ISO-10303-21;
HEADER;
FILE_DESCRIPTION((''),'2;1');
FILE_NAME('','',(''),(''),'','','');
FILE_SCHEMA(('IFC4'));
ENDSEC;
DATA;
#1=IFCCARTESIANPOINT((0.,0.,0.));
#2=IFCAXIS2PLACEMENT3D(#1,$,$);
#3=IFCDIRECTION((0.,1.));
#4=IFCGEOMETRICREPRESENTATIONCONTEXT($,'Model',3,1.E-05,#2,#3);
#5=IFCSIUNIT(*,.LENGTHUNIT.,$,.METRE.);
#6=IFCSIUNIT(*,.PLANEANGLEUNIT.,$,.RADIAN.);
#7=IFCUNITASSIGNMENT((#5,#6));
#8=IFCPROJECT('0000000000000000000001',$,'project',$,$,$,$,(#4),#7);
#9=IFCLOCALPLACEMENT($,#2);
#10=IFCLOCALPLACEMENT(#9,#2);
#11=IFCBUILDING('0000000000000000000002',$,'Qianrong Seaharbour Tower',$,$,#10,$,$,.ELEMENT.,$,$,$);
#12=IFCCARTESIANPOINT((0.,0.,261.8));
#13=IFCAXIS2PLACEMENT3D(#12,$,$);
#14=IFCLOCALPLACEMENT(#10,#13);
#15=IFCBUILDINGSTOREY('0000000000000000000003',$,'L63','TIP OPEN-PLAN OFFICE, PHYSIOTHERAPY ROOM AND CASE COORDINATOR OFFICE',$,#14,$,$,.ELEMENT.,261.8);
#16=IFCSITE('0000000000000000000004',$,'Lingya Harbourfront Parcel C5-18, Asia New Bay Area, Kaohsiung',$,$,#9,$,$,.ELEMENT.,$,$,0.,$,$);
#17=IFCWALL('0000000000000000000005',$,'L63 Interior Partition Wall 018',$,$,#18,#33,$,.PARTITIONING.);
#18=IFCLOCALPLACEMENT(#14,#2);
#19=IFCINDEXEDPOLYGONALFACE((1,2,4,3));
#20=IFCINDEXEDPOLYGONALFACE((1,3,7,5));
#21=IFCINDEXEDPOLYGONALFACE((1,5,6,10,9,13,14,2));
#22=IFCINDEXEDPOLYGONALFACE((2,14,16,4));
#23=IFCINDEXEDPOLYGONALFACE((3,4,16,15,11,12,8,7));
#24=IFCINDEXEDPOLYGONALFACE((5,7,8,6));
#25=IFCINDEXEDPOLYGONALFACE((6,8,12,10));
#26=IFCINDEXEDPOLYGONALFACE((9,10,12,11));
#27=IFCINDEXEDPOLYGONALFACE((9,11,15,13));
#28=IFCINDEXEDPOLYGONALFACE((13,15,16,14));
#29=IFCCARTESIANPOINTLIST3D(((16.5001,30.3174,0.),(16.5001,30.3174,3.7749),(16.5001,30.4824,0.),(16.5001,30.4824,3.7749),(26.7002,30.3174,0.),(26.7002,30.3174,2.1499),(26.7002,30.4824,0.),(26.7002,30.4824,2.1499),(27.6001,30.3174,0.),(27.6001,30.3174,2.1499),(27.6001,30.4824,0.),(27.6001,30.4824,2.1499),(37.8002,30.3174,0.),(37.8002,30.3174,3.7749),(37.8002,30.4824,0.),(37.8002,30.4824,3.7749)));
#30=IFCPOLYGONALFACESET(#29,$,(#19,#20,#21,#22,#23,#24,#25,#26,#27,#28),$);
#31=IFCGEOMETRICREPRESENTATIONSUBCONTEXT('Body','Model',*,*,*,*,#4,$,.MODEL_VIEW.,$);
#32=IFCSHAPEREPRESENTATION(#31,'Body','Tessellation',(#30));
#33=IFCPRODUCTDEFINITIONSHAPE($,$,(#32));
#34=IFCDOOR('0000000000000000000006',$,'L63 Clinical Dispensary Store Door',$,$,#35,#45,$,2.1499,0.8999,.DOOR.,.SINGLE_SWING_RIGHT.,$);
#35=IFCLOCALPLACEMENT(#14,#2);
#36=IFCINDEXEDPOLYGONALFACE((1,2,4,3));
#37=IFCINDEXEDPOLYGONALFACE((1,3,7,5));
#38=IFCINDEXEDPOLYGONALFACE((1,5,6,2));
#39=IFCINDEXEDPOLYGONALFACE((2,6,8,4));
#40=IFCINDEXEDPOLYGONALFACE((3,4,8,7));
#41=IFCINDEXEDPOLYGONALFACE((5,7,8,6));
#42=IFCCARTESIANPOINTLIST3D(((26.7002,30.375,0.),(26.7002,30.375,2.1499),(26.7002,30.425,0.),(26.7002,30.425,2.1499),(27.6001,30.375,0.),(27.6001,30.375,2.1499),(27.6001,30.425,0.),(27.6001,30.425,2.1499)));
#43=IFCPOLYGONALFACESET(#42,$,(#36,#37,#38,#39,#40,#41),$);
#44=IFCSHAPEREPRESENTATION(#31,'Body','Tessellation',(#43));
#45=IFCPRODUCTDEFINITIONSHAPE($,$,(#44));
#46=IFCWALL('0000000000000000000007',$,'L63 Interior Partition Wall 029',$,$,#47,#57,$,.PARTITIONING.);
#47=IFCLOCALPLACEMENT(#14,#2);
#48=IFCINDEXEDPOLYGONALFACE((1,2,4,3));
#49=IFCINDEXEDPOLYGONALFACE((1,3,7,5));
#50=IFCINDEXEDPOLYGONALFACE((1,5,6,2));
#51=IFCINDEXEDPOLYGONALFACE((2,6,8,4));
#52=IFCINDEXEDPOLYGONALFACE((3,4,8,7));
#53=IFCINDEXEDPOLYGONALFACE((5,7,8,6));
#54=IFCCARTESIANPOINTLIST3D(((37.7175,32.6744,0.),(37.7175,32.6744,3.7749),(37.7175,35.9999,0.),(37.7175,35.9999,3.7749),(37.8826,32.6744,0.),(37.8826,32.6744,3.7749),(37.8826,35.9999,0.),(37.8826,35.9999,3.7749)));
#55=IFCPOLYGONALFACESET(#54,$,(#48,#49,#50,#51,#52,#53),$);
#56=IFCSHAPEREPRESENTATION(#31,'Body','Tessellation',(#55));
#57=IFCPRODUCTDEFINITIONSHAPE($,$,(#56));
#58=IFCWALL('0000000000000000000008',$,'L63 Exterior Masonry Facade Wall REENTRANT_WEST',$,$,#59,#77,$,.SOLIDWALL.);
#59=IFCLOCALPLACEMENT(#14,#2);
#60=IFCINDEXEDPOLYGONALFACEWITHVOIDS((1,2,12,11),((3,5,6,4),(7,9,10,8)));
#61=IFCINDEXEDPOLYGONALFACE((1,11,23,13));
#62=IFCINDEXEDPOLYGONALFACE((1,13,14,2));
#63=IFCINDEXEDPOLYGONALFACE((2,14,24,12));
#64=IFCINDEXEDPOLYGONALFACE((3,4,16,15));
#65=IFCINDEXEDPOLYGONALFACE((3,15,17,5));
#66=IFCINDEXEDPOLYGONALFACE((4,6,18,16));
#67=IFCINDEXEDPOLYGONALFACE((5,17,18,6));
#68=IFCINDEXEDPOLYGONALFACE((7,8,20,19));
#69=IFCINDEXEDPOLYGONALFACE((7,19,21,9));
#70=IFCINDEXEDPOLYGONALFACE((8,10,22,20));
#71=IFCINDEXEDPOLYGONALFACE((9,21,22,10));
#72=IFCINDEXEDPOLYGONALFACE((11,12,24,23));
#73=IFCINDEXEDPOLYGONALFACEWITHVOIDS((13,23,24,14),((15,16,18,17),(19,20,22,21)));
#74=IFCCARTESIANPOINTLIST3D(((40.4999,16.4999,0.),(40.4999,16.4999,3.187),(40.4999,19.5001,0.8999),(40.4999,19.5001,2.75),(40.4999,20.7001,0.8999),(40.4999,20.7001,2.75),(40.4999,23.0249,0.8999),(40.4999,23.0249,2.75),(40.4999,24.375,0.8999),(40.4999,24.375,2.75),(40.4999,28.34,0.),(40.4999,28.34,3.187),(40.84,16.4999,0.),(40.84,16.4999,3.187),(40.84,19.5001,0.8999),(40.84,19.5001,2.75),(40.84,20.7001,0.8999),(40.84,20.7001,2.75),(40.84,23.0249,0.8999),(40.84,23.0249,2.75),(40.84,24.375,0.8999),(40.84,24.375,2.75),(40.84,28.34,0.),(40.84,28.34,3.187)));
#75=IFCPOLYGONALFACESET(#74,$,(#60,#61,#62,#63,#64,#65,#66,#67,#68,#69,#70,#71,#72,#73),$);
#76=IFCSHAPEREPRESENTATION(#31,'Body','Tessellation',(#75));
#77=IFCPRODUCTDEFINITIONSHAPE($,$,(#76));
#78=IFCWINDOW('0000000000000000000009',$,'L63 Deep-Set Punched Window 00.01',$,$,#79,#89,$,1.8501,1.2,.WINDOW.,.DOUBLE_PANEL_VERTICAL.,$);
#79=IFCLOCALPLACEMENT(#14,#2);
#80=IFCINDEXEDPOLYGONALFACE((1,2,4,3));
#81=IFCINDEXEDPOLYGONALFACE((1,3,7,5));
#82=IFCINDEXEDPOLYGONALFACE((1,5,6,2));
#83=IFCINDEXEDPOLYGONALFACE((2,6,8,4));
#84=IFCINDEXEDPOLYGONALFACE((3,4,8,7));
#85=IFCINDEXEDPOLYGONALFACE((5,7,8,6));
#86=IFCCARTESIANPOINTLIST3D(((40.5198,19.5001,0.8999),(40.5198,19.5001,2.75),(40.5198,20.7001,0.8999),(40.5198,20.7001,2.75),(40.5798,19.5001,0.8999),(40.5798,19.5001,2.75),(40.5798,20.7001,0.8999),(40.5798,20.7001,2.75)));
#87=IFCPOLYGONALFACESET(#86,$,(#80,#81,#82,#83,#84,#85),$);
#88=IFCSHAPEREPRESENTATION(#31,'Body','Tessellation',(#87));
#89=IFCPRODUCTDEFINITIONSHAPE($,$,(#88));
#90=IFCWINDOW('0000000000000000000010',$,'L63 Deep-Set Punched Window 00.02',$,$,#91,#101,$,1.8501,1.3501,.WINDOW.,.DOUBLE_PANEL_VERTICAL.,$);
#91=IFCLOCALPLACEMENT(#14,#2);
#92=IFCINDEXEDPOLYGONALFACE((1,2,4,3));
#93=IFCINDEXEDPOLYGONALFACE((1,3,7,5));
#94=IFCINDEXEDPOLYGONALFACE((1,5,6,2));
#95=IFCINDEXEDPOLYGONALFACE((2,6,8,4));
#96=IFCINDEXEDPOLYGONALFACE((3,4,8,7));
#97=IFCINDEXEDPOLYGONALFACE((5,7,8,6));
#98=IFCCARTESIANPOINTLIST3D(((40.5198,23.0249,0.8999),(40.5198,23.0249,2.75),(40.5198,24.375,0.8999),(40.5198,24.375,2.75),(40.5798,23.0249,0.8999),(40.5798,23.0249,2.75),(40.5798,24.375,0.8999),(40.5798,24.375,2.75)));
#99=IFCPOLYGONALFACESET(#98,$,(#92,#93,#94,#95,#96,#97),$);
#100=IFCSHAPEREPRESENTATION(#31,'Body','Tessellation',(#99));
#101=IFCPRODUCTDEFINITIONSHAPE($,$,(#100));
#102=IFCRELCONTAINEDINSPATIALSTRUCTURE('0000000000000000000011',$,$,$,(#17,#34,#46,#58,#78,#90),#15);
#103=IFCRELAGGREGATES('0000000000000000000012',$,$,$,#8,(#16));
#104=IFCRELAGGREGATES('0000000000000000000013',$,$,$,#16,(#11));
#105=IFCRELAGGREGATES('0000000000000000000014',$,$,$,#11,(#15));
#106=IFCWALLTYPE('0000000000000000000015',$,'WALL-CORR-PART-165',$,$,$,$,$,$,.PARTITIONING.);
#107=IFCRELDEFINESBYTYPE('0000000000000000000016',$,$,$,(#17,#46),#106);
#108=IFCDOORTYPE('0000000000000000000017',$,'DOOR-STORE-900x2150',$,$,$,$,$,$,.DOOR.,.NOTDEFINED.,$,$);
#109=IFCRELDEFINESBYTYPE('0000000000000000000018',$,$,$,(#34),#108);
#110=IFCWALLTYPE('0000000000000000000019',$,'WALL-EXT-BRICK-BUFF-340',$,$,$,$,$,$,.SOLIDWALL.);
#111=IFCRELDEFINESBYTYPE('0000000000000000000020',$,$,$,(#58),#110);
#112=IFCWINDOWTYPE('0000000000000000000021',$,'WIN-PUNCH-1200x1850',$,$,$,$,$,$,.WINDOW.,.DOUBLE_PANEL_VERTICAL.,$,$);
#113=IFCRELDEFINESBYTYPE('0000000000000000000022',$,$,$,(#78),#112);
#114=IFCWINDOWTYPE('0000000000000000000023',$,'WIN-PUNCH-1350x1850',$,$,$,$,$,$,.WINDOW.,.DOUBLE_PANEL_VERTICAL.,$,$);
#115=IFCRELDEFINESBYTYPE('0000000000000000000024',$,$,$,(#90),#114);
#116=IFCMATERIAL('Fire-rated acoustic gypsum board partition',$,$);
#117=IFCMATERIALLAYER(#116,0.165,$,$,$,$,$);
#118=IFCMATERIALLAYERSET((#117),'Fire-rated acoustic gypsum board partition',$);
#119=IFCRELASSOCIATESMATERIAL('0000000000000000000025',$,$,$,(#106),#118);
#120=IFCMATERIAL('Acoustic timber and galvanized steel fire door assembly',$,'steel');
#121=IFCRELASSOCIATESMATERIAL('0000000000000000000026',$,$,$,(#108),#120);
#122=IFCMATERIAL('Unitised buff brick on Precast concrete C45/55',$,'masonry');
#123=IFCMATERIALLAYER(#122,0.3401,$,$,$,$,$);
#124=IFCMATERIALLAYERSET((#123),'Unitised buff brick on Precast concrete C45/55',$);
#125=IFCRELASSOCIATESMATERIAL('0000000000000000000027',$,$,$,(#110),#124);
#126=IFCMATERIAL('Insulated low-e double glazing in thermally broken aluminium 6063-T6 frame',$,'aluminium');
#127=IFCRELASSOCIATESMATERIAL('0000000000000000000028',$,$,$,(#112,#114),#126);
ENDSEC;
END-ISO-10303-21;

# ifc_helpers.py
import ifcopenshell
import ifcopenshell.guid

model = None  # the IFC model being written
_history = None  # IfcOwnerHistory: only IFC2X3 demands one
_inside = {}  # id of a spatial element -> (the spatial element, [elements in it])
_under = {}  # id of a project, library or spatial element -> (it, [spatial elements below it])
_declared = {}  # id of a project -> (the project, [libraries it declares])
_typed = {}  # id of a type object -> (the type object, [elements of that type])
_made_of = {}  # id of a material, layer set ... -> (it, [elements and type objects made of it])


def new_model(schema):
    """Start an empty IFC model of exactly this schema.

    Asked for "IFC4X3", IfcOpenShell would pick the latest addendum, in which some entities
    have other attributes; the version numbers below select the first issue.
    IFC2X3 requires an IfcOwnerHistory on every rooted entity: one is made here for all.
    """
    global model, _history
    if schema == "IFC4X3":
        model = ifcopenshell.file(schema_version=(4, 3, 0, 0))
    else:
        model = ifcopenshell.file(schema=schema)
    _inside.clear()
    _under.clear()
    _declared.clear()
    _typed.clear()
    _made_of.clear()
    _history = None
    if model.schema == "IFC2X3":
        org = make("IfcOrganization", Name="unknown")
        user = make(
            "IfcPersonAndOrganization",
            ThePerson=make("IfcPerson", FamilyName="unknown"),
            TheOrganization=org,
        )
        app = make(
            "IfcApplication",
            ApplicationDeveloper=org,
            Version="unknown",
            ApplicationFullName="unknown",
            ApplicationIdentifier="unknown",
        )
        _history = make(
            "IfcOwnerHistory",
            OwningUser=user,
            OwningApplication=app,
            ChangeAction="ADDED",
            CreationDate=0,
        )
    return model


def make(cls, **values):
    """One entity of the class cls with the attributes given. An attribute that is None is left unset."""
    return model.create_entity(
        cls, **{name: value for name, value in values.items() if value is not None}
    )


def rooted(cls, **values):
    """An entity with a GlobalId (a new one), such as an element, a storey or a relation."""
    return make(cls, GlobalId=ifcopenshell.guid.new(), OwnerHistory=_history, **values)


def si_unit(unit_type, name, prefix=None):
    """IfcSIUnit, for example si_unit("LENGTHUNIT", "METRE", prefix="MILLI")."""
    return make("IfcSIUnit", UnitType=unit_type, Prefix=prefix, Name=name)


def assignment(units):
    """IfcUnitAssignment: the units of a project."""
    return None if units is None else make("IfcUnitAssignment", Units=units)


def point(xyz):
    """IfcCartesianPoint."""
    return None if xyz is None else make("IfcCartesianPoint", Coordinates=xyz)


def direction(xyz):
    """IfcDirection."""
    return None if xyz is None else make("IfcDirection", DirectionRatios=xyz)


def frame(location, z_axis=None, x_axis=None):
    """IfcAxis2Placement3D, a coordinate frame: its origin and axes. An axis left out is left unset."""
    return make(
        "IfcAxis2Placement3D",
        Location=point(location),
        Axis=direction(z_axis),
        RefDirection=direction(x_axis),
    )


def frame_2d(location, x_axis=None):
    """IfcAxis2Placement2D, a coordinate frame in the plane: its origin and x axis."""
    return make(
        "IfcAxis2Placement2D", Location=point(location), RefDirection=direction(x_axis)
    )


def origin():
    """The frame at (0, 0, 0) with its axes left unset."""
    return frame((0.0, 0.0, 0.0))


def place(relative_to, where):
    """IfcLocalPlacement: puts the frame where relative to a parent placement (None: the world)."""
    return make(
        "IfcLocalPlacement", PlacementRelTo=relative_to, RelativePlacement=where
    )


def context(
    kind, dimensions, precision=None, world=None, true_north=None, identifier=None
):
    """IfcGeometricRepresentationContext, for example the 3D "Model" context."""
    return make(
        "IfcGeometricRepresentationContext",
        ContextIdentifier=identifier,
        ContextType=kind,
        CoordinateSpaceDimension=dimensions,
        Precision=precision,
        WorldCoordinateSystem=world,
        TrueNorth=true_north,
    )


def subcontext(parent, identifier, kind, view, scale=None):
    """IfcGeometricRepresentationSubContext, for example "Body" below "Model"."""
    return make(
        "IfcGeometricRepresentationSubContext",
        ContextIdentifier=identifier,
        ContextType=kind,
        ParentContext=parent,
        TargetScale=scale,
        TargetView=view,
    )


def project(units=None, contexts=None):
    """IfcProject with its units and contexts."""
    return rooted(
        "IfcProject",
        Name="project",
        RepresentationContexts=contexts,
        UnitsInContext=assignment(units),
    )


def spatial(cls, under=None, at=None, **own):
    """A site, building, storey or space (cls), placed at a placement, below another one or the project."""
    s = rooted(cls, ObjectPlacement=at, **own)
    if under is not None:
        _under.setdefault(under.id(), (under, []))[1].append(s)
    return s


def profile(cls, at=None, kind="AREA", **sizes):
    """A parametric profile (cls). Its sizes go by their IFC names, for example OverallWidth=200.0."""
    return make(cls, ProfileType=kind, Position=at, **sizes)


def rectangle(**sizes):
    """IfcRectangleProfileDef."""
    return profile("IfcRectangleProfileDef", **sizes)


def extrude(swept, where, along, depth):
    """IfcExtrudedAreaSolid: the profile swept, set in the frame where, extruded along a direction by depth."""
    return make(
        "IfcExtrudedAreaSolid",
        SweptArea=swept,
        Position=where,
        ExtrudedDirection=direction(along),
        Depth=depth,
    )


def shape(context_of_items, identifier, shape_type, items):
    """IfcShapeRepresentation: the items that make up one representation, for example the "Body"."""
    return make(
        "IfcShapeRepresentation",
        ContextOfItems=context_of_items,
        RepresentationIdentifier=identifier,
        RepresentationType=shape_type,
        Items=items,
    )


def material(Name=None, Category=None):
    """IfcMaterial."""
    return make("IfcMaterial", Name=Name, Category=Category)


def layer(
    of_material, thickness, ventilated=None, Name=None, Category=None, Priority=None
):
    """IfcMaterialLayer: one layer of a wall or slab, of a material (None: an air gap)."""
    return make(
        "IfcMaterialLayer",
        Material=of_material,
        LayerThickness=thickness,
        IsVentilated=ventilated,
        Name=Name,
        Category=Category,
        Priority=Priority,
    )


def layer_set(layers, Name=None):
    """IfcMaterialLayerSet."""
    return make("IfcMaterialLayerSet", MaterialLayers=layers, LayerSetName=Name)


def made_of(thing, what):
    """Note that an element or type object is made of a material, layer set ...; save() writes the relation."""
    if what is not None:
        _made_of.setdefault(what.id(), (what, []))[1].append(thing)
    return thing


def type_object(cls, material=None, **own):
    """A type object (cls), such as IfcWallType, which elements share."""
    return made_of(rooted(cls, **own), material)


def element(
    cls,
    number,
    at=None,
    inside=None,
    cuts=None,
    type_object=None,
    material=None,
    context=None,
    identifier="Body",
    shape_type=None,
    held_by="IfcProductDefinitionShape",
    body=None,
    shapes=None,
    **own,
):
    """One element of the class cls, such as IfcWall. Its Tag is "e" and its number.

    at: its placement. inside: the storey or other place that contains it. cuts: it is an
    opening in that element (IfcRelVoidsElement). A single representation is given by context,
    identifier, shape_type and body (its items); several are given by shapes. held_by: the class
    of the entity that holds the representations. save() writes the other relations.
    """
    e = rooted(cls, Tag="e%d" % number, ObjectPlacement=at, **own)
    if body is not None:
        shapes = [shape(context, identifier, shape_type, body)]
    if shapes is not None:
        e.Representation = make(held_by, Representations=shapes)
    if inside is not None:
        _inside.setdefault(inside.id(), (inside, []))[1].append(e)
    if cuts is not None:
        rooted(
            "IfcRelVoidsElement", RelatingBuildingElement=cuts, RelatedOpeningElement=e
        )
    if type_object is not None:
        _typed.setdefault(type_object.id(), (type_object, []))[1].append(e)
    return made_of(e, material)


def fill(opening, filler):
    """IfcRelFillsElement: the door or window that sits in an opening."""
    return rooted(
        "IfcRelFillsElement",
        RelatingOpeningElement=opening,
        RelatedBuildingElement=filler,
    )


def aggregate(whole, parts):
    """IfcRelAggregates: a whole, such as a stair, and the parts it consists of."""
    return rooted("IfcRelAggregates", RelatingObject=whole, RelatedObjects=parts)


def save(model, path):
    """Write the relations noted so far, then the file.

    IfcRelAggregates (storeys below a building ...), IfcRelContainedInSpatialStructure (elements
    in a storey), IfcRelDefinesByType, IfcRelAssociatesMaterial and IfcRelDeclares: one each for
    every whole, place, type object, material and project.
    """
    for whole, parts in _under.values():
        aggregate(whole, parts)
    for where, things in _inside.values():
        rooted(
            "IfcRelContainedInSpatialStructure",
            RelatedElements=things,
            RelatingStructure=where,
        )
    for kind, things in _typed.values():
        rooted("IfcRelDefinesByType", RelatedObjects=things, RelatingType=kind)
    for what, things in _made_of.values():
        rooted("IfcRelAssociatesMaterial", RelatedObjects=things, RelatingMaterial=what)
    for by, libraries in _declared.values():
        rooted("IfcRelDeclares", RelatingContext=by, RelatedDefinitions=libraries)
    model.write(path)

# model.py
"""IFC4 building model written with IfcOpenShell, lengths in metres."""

from ifc_helpers import new_model, si_unit, direction, frame, frame_2d, origin, place, context, subcontext, project, spatial, rectangle, extrude, material, layer, layer_set, type_object, element, fill, save


model = new_model("IFC4")

# Units and contexts
model_context = context("Model", 3, precision=1e-05, world=origin(), true_north=direction((0.0, 1.0)))
body_context = subcontext(model_context, "Body", "Model", "MODEL_VIEW")
ifc_project = project(units=[si_unit("LENGTHUNIT", "METRE"), si_unit("PLANEANGLEUNIT", "RADIAN")], contexts=[model_context])

# Site, building, storey
site_placement = place(None, origin())
site = spatial("IfcSite", under=ifc_project, at=site_placement, Name="Lingya Harbourfront Parcel C5-18, Asia New Bay Area, Kaohsiung", CompositionType="ELEMENT", RefElevation=0.0)
building_placement = place(site_placement, origin())
building = spatial("IfcBuilding", under=site, at=building_placement, Name="Qianrong Seaharbour Tower", CompositionType="ELEMENT")
storey_placement = place(building_placement, frame((0.0, 0.0, 261.8)))
storey = spatial("IfcBuildingStorey", under=building, at=storey_placement, Name="L63", Description="TIP OPEN-PLAN OFFICE, PHYSIOTHERAPY ROOM AND CASE COORDINATOR OFFICE", CompositionType="ELEMENT", Elevation=261.8)

# Wall, opening, door
ifc_material_1 = material(Name="Fire-rated acoustic gypsum board partition")
ifc_layer_1 = layer(ifc_material_1, 0.165)
ifc_layer_set_1 = layer_set([ifc_layer_1], Name="Fire-rated acoustic gypsum board partition")
wall_type_1 = type_object("IfcWallType", Name="WALL-CORR-PART-165", PredefinedType="PARTITIONING", material=ifc_layer_set_1)
wall_1_placement = place(storey_placement, frame((37.8, 30.3999, 0.0), z_axis=(0.0, 0.0, 1.0), x_axis=(-1.0, 0.0, 0.0)))
wall_1 = element("IfcWall", 1, at=wall_1_placement, inside=storey, type_object=wall_type_1, Name="L63 Interior Partition Wall 018", PredefinedType="PARTITIONING", context=body_context, shape_type="SweptSolid", body=[
    extrude(rectangle(XDim=21.3, YDim=0.165, at=frame_2d((10.6499, 0.0))), origin(), (0.0, 0.0, 1.0), 3.7749),
])
opening_1_placement = place(wall_1_placement, frame((10.2, 0.0, 0.0)))
opening_1 = element("IfcOpeningElement", 2, at=opening_1_placement, cuts=wall_1, PredefinedType="OPENING", context=body_context, shape_type="SweptSolid", body=[
    extrude(rectangle(XDim=0.8999, YDim=2.1499, at=frame_2d((0.45, 1.075))), frame((0.0, 0.0925, 0.0), z_axis=(0.0, -1.0, 0.0), x_axis=(1.0, 0.0, 0.0)), (0.0, 0.0, 1.0), 0.1851),
])
ifc_material_2 = material(Name="Acoustic timber and galvanized steel fire door assembly", Category="steel")
door_type = type_object("IfcDoorType", Name="DOOR-STORE-900x2150", OperationType="NOTDEFINED", PredefinedType="DOOR", material=ifc_material_2)
door_placement = place(opening_1_placement, origin())
door = element("IfcDoor", 3, at=door_placement, inside=storey, type_object=door_type, Name="L63 Clinical Dispensary Store Door", OperationType="SINGLE_SWING_RIGHT", OverallHeight=2.1499, OverallWidth=0.8999, PredefinedType="DOOR", context=body_context, shape_type="SweptSolid", body=[
    extrude(rectangle(XDim=0.8999, YDim=2.1499, at=frame_2d((0.45, 1.075))), frame((0.0, 0.0249, 0.0), z_axis=(0.0, -1.0, 0.0), x_axis=(1.0, 0.0, 0.0)), (0.0, 0.0, 1.0), 0.05),
])
fill(opening_1, door)

# Wall
wall_2_placement = place(storey_placement, frame((37.8, 32.6746, 0.0), z_axis=(0.0, 0.0, 1.0), x_axis=(0.0, 1.0, 0.0)))
element("IfcWall", 4, at=wall_2_placement, inside=storey, type_object=wall_type_1, Name="L63 Interior Partition Wall 029", PredefinedType="PARTITIONING", context=body_context, shape_type="SweptSolid", body=[
    extrude(rectangle(XDim=3.3254, YDim=0.165, at=frame_2d((1.6626, 0.0))), origin(), (0.0, 0.0, 1.0), 3.7749),
])

# Wall, openings, windows
ifc_material_3 = material(Name="Unitised buff brick on Precast concrete C45/55", Category="masonry")
ifc_layer_2 = layer(ifc_material_3, 0.3401)
ifc_layer_set_2 = layer_set([ifc_layer_2], Name="Unitised buff brick on Precast concrete C45/55")
wall_type_2 = type_object("IfcWallType", Name="WALL-EXT-BRICK-BUFF-340", PredefinedType="SOLIDWALL", material=ifc_layer_set_2)
wall_3_placement = place(storey_placement, frame((40.6699, 16.5, 0.0), z_axis=(0.0, 0.0, 1.0), x_axis=(0.0, 1.0, 0.0)))
wall_3 = element("IfcWall", 5, at=wall_3_placement, inside=storey, type_object=wall_type_2, Name="L63 Exterior Masonry Facade Wall REENTRANT_WEST", PredefinedType="SOLIDWALL", context=body_context, shape_type="SweptSolid", body=[
    extrude(rectangle(XDim=11.8401, YDim=0.3401, at=frame_2d((5.9199, 0.0))), origin(), (0.0, 0.0, 1.0), 3.187),
])
opening_2_placement = place(wall_3_placement, frame((3.0, 0.0, 0.8999)))
opening_2 = element("IfcOpeningElement", 6, at=opening_2_placement, cuts=wall_3, PredefinedType="OPENING", context=body_context, shape_type="SweptSolid", body=[
    extrude(rectangle(XDim=1.2, YDim=1.8501, at=frame_2d((0.6001, 0.925))), frame((0.0, 0.1802, 0.0), z_axis=(0.0, -1.0, 0.0), x_axis=(1.0, 0.0, 0.0)), (0.0, 0.0, 1.0), 0.3601),
])
opening_3_placement = place(wall_3_placement, frame((6.5249, 0.0, 0.8999)))
opening_3 = element("IfcOpeningElement", 7, at=opening_3_placement, cuts=wall_3, PredefinedType="OPENING", context=body_context, shape_type="SweptSolid", body=[
    extrude(rectangle(XDim=1.3501, YDim=1.8501, at=frame_2d((0.675, 0.925))), frame((0.0, 0.1802, 0.0), z_axis=(0.0, -1.0, 0.0), x_axis=(1.0, 0.0, 0.0)), (0.0, 0.0, 1.0), 0.3601),
])
ifc_material_4 = material(Name="Insulated low-e double glazing in thermally broken aluminium 6063-T6 frame", Category="aluminium")
window_type_1 = type_object("IfcWindowType", Name="WIN-PUNCH-1200x1850", PartitioningType="DOUBLE_PANEL_VERTICAL", PredefinedType="WINDOW", material=ifc_material_4)
window_1_placement = place(opening_2_placement, origin())
window_1 = element("IfcWindow", 8, at=window_1_placement, inside=storey, type_object=window_type_1, Name="L63 Deep-Set Punched Window 00.01", OverallHeight=1.8501, OverallWidth=1.2, PartitioningType="DOUBLE_PANEL_VERTICAL", PredefinedType="WINDOW", context=body_context, shape_type="SweptSolid", body=[
    extrude(rectangle(XDim=1.2, YDim=1.8501, at=frame_2d((0.6001, 0.925))), frame((0.0, 0.1501, 0.0), z_axis=(0.0, -1.0, 0.0), x_axis=(1.0, 0.0, 0.0)), (0.0, 0.0, 1.0), 0.0601),
])
fill(opening_2, window_1)
window_type_2 = type_object("IfcWindowType", Name="WIN-PUNCH-1350x1850", PartitioningType="DOUBLE_PANEL_VERTICAL", PredefinedType="WINDOW", material=ifc_material_4)
window_2_placement = place(opening_3_placement, origin())
window_2 = element("IfcWindow", 9, at=window_2_placement, inside=storey, type_object=window_type_2, Name="L63 Deep-Set Punched Window 00.02", OverallHeight=1.8501, OverallWidth=1.3501, PartitioningType="DOUBLE_PANEL_VERTICAL", PredefinedType="WINDOW", context=body_context, shape_type="SweptSolid", body=[
    extrude(rectangle(XDim=1.3501, YDim=1.8501, at=frame_2d((0.675, 0.925))), frame((0.0, 0.1501, 0.0), z_axis=(0.0, -1.0, 0.0), x_axis=(1.0, 0.0, 0.0)), (0.0, 0.0, 1.0), 0.0601),
])
fill(opening_3, window_2)

save(model, "model.ifc")
